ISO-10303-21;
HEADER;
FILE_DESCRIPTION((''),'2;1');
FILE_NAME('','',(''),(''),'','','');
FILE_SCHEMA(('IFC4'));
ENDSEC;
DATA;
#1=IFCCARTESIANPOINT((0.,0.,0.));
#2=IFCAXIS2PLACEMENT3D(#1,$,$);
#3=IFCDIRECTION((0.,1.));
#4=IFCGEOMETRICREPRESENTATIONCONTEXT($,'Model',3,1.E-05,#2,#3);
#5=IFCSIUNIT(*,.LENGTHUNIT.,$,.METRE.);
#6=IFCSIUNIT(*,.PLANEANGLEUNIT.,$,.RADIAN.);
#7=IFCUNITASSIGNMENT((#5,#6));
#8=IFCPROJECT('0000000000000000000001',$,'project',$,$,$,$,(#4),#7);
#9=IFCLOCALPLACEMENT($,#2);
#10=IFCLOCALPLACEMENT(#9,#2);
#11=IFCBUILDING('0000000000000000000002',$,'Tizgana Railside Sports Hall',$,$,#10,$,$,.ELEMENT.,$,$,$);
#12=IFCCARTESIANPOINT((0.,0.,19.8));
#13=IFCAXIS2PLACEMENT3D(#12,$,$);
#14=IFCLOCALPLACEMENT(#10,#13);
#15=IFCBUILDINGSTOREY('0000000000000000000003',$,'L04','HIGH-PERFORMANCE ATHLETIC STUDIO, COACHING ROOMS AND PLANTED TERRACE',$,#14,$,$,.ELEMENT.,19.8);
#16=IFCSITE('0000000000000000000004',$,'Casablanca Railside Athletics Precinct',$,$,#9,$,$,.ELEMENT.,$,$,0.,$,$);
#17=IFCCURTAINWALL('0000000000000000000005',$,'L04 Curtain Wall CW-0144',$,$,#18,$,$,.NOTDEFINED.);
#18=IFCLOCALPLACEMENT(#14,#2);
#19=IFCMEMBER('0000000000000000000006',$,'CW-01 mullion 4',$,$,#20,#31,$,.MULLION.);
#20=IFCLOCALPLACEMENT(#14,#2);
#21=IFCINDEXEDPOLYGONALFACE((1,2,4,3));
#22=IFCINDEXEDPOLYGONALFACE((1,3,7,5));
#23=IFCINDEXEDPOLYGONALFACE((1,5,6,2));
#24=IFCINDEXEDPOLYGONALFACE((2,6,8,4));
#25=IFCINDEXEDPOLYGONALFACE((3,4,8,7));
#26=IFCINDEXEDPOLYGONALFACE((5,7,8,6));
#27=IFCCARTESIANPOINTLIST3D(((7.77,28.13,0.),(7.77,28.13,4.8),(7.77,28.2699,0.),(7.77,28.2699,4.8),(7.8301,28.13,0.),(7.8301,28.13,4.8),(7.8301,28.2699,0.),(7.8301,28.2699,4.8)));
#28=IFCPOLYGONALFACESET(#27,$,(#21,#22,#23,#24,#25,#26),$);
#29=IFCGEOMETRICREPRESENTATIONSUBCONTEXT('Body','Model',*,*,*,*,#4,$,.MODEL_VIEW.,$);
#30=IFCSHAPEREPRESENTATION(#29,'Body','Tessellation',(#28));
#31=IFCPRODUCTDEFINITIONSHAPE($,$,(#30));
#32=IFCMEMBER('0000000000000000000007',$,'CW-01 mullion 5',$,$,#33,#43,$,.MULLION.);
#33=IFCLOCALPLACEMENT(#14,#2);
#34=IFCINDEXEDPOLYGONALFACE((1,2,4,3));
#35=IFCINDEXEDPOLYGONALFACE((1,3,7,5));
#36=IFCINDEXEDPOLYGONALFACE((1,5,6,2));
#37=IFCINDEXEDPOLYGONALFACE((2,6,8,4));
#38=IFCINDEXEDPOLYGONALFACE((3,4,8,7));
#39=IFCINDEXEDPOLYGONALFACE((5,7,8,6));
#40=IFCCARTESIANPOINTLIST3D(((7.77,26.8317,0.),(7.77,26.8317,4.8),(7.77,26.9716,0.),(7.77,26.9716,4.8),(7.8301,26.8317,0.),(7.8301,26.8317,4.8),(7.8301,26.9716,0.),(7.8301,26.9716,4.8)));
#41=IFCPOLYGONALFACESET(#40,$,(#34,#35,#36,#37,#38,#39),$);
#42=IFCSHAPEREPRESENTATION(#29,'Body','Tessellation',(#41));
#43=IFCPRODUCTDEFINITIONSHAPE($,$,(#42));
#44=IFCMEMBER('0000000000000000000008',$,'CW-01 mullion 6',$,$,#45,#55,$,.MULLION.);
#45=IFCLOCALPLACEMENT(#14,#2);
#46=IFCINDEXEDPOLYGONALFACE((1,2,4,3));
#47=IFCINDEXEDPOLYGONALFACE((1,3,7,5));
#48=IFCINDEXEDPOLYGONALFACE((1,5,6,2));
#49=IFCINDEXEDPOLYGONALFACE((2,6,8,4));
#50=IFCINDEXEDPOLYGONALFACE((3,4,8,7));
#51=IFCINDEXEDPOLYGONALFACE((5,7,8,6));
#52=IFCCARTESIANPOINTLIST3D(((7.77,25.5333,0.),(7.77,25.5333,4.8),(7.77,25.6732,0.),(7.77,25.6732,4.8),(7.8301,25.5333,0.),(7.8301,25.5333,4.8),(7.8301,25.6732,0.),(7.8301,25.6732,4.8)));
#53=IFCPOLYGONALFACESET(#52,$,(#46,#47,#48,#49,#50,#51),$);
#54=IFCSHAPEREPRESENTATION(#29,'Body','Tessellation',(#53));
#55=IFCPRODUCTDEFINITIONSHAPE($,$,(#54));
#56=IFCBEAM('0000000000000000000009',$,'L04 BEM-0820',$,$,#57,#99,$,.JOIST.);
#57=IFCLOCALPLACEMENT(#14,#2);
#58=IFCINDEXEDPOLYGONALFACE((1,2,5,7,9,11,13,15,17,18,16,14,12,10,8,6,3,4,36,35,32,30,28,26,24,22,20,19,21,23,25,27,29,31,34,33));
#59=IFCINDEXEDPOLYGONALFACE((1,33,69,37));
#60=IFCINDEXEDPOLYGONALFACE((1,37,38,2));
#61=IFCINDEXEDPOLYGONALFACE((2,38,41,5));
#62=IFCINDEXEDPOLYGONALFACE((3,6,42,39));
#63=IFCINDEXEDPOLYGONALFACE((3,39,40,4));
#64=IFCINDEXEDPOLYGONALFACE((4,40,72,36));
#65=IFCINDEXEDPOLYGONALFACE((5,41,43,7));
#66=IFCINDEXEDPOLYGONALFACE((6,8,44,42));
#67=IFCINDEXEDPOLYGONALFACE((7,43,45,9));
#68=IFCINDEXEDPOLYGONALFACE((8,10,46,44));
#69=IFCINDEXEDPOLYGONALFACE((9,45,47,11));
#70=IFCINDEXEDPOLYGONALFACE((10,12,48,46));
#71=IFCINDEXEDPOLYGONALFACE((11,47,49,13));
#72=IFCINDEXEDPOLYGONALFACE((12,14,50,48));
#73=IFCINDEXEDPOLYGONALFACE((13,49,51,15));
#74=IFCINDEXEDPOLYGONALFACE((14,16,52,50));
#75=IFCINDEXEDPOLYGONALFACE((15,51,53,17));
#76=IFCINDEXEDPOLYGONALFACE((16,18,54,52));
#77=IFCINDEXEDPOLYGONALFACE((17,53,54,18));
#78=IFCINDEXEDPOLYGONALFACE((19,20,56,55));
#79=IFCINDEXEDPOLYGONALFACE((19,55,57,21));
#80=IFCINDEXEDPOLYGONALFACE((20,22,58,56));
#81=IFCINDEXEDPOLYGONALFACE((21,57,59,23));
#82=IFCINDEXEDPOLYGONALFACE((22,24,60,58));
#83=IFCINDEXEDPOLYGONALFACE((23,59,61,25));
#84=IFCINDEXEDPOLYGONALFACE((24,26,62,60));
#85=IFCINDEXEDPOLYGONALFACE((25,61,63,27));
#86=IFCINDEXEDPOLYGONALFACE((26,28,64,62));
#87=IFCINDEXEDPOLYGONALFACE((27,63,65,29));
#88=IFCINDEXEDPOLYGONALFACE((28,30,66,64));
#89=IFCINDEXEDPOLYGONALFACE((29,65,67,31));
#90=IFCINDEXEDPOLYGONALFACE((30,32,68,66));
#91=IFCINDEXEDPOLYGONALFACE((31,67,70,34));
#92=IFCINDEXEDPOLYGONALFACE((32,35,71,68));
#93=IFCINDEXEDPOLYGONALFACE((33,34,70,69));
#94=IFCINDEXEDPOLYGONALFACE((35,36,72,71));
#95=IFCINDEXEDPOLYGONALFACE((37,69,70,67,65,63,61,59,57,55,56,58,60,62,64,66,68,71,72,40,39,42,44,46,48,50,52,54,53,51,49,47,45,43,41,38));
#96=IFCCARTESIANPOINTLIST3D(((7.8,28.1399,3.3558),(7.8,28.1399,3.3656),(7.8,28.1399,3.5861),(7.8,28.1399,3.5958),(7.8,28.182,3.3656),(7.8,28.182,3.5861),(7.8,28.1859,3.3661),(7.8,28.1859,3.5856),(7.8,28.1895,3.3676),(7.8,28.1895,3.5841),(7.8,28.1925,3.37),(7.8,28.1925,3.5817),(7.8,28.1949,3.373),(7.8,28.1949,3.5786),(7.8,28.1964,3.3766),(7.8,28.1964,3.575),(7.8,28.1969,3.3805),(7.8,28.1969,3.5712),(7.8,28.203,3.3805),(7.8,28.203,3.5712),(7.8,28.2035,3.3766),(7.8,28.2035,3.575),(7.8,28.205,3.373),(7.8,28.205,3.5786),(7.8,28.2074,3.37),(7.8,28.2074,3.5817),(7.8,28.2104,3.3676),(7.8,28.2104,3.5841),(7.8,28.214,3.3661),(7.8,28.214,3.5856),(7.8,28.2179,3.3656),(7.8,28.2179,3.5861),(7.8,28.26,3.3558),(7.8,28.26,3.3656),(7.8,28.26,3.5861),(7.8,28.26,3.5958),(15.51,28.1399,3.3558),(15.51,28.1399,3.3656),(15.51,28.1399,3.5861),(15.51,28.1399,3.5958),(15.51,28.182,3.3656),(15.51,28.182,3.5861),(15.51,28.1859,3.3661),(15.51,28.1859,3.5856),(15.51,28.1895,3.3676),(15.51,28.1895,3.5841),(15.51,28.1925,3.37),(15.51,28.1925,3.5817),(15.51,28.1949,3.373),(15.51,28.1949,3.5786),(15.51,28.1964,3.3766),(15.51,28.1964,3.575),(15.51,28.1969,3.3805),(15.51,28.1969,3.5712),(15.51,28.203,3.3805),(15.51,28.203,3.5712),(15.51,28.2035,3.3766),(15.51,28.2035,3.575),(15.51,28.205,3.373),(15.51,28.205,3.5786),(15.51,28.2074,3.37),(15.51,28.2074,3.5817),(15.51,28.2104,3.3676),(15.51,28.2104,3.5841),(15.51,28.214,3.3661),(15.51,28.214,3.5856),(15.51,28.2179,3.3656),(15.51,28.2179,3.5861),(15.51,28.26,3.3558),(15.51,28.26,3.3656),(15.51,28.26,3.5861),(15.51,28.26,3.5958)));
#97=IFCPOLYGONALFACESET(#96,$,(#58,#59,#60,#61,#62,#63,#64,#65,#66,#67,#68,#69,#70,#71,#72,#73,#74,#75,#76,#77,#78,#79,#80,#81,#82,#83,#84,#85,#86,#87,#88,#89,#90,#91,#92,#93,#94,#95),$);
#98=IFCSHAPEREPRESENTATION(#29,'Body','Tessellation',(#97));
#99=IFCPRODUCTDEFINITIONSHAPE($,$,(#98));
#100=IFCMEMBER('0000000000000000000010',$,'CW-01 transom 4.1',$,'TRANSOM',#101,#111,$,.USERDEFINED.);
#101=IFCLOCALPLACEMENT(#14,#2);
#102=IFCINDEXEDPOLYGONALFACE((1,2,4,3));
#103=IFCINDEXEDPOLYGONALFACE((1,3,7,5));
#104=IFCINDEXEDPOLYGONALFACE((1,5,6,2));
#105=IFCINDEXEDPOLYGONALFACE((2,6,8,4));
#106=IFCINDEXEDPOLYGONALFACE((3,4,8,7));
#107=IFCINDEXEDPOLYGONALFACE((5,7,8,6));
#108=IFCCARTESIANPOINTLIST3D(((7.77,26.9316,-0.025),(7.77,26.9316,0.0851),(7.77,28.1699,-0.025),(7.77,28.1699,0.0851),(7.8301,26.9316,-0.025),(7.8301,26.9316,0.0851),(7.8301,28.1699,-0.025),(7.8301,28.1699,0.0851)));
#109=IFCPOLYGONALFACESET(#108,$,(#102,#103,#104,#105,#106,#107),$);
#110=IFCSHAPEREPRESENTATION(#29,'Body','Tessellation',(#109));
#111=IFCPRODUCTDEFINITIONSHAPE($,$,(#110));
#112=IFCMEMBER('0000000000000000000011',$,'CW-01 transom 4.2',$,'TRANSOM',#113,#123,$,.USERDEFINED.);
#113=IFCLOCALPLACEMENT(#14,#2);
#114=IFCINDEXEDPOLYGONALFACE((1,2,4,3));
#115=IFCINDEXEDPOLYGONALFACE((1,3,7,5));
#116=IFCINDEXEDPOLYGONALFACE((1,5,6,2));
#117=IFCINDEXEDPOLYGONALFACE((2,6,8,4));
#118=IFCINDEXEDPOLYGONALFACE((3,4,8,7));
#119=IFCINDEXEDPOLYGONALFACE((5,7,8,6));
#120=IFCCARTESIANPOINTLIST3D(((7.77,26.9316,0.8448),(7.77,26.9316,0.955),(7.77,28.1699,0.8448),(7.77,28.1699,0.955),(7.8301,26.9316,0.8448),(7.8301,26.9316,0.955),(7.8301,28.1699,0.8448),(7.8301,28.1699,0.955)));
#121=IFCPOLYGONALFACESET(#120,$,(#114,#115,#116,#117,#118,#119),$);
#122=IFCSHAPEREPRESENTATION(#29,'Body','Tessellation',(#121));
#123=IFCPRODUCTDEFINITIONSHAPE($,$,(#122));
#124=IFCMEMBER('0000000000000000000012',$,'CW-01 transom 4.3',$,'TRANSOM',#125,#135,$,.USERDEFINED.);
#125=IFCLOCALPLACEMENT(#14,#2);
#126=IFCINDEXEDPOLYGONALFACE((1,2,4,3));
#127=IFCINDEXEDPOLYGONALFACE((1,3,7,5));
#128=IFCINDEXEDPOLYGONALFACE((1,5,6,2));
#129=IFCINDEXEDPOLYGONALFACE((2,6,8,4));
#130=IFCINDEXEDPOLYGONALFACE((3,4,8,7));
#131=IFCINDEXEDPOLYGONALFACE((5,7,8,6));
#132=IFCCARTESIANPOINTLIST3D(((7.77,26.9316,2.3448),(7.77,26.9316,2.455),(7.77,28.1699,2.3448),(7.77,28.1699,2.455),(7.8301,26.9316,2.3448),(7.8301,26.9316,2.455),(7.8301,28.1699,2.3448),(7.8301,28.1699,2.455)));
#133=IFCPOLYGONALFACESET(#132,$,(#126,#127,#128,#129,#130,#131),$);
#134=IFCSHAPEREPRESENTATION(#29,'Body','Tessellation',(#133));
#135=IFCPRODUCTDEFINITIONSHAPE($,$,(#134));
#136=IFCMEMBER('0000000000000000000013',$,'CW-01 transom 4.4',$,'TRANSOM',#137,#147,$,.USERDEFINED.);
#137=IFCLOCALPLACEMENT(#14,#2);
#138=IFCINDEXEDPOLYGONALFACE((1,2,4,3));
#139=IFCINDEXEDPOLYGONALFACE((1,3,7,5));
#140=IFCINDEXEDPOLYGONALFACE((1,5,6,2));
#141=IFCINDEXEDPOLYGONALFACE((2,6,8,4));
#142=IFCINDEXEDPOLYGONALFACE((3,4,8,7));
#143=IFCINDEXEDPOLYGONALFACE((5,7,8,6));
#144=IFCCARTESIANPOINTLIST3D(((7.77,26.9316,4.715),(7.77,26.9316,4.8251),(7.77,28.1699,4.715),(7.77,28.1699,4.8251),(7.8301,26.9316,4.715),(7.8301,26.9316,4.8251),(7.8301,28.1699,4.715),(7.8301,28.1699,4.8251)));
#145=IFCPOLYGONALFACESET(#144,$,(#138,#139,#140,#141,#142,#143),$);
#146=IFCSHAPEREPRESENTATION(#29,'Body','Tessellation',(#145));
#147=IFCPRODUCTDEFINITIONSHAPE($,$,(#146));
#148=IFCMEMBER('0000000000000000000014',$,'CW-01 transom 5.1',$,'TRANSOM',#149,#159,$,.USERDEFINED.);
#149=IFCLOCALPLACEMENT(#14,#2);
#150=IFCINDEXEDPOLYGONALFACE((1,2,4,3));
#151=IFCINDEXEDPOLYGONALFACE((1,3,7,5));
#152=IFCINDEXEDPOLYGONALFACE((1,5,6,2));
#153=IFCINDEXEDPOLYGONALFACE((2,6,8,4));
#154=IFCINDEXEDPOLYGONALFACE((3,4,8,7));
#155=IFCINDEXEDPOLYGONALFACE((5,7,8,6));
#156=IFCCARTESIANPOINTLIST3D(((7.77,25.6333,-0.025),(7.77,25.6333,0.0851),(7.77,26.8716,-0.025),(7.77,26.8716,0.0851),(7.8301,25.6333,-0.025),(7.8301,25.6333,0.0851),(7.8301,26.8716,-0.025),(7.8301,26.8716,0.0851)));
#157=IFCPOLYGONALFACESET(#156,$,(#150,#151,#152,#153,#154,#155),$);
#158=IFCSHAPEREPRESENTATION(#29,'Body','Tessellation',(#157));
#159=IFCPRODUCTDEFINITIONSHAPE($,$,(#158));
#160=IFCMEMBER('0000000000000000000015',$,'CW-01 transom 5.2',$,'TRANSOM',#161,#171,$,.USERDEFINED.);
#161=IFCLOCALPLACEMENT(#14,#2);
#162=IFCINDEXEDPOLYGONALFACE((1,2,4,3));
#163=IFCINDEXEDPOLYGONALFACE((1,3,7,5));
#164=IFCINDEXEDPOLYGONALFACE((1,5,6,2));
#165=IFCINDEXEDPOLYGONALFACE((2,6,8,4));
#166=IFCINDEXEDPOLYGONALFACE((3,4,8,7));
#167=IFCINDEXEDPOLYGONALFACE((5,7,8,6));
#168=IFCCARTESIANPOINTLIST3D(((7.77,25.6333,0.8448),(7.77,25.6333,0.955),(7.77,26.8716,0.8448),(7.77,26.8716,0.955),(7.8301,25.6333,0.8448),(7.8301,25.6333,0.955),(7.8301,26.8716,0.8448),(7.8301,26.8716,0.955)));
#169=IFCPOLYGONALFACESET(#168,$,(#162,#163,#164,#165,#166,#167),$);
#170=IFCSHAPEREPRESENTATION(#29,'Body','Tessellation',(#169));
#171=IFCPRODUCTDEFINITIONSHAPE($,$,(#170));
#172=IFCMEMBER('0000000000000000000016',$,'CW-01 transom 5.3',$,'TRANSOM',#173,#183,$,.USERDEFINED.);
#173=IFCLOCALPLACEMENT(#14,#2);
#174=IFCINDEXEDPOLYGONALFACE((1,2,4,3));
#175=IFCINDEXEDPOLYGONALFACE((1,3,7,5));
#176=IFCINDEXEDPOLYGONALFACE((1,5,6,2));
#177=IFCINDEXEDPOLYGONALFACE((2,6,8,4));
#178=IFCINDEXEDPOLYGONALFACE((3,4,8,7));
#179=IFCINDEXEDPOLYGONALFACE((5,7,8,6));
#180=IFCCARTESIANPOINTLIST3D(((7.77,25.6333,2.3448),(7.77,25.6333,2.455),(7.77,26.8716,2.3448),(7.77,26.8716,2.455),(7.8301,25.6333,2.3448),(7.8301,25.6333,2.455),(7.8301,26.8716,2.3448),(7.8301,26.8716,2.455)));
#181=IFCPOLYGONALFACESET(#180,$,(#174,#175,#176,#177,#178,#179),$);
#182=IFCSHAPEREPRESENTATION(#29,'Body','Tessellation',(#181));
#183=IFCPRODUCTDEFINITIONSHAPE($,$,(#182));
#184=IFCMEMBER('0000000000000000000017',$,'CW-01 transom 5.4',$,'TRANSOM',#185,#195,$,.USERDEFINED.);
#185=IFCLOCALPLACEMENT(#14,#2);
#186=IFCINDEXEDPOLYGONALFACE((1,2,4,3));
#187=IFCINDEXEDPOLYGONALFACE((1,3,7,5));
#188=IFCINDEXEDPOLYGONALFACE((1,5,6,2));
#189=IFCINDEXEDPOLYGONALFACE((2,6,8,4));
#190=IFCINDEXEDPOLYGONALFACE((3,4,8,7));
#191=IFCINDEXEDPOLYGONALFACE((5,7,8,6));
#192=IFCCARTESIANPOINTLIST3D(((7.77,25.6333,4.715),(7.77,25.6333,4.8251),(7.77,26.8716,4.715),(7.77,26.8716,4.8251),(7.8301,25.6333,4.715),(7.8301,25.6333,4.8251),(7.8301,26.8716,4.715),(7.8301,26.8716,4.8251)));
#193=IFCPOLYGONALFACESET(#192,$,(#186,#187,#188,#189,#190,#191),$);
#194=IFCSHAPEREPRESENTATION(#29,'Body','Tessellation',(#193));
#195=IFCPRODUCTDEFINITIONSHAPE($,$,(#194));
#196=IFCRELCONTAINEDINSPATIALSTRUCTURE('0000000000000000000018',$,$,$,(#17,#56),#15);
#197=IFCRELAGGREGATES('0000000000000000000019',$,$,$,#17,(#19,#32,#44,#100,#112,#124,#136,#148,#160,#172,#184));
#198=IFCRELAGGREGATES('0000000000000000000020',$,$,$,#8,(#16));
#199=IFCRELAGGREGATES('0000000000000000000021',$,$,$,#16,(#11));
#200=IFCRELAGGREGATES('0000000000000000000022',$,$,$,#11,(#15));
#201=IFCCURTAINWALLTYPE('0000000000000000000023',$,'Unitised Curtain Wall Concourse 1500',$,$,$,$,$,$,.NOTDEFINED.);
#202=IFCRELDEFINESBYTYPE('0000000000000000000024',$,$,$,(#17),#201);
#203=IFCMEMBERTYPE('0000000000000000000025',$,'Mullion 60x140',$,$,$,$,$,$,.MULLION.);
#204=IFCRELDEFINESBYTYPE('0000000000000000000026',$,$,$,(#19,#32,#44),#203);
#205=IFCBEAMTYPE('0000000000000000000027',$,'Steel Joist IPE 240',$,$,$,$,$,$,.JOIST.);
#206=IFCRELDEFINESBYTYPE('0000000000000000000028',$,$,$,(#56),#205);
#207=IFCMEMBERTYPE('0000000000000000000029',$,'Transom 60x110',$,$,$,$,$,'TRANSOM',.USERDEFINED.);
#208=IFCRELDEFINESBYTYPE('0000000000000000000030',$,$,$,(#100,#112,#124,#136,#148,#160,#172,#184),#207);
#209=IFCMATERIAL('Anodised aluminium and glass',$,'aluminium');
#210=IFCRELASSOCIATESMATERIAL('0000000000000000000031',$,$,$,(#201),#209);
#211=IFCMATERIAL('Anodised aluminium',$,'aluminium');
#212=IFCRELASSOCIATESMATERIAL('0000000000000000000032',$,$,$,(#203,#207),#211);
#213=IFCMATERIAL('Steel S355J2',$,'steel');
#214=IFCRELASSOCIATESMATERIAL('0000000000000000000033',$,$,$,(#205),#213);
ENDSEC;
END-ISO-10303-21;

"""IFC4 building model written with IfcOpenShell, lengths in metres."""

from ifc_helpers import new_model, si_unit, direction, frame, origin, origin_2d, place, context, subcontext, project, spatial, rectangle, i_section, extrude, material, material_profile, profile_set, type_object, element, aggregate, save


model = new_model("IFC4")

# Units and contexts
model_context = context("Model", 3, precision=1e-05, world=origin(), true_north=direction((0.0, 1.0)))
body_context = subcontext(model_context, "Body", "Model", "MODEL_VIEW")
ifc_project = project(units=[si_unit("LENGTHUNIT", "METRE"), si_unit("PLANEANGLEUNIT", "RADIAN")], contexts=[model_context])

# Site, building, storey
site_placement = place(None, origin())
site = spatial("IfcSite", under=ifc_project, at=site_placement, Name="Casablanca Railside Athletics Precinct", CompositionType="ELEMENT", RefElevation=0.0)
building_placement = place(site_placement, origin())
building = spatial("IfcBuilding", under=site, at=building_placement, Name="Tizgana Railside Sports Hall", CompositionType="ELEMENT")
storey_placement = place(building_placement, frame((0.0, 0.0, 19.8)))
storey = spatial("IfcBuildingStorey", under=building, at=storey_placement, Name="L04", Description="HIGH-PERFORMANCE ATHLETIC STUDIO, COACHING ROOMS AND PLANTED TERRACE", CompositionType="ELEMENT", Elevation=19.8)

# Curtain wall, members
ifc_material_1 = material(Name="Anodised aluminium and glass", Category="aluminium")
curtain_wall_type = type_object("IfcCurtainWallType", Name="Unitised Curtain Wall Concourse 1500", PredefinedType="NOTDEFINED", material=ifc_material_1)
curtain_wall_placement = place(storey_placement, origin())
curtain_wall = element("IfcCurtainWall", 1, at=curtain_wall_placement, inside=storey, type_object=curtain_wall_type, Name="L04 Curtain Wall CW-0144", PredefinedType="NOTDEFINED")
ifc_material_2 = material(Name="Anodised aluminium", Category="aluminium")
ifc_material_profile_1 = material_profile(ifc_material_2, rectangle(XDim=0.0601, YDim=0.1399, at=origin_2d()), Name="Mullion 60x140")
ifc_profile_set_1 = profile_set([ifc_material_profile_1], Name="Anodised aluminium")
member_type_1 = type_object("IfcMemberType", Name="Mullion 60x140", PredefinedType="MULLION", material=ifc_profile_set_1)
member_1_placement = place(storey_placement, frame((7.8, 28.2, 0.0), z_axis=(0.0, 0.0, 1.0), x_axis=(1.0, 0.0, 0.0)))
member_1 = element("IfcMember", 2, at=member_1_placement, type_object=member_type_1, Name="CW-01 mullion 4", PredefinedType="MULLION", context=body_context, shape_type="SweptSolid", body=[
    extrude(rectangle(XDim=0.0601, YDim=0.1399, at=origin_2d()), origin(), (0.0, 0.0, 1.0), 4.8),
])
member_2_placement = place(storey_placement, frame((7.8, 26.9016, 0.0), z_axis=(0.0, 0.0, 1.0), x_axis=(1.0, 0.0, 0.0)))
member_2 = element("IfcMember", 3, at=member_2_placement, type_object=member_type_1, Name="CW-01 mullion 5", PredefinedType="MULLION", context=body_context, shape_type="SweptSolid", body=[
    extrude(rectangle(XDim=0.0601, YDim=0.1399, at=origin_2d()), origin(), (0.0, 0.0, 1.0), 4.8),
])
member_3_placement = place(storey_placement, frame((7.8, 25.6033, 0.0), z_axis=(0.0, 0.0, 1.0), x_axis=(1.0, 0.0, 0.0)))
member_3 = element("IfcMember", 4, at=member_3_placement, type_object=member_type_1, Name="CW-01 mullion 6", PredefinedType="MULLION", context=body_context, shape_type="SweptSolid", body=[
    extrude(rectangle(XDim=0.0601, YDim=0.1399, at=origin_2d()), origin(), (0.0, 0.0, 1.0), 4.8),
])

# Beam
ifc_material_3 = material(Name="Steel S355J2", Category="steel")
ifc_material_profile_2 = material_profile(ifc_material_3, i_section(OverallWidth=0.1201, OverallDepth=0.24, WebThickness=0.0061, FlangeThickness=0.0098, FilletRadius=0.0149, at=origin_2d()), Name="IPE 240")
ifc_profile_set_2 = profile_set([ifc_material_profile_2], Name="Steel S355J2")
beam_type = type_object("IfcBeamType", Name="Steel Joist IPE 240", PredefinedType="JOIST", material=ifc_profile_set_2)
beam_placement = place(storey_placement, frame((7.8, 28.2, 3.4758), z_axis=(1.0, 0.0, 0.0), x_axis=(0.0, 1.0, 0.0)))
element("IfcBeam", 5, at=beam_placement, inside=storey, type_object=beam_type, Name="L04 BEM-0820", PredefinedType="JOIST", context=body_context, shape_type="SweptSolid", body=[
    extrude(i_section(OverallWidth=0.1201, OverallDepth=0.24, WebThickness=0.0061, FlangeThickness=0.0098, FilletRadius=0.0149, at=origin_2d()), origin(), (0.0, 0.0, 1.0), 7.71),
])

# Members
ifc_material_profile_3 = material_profile(ifc_material_2, rectangle(XDim=0.0601, YDim=0.1101, at=origin_2d()), Name="Transom 60x110")
ifc_profile_set_3 = profile_set([ifc_material_profile_3], Name="Anodised aluminium")
member_type_2 = type_object("IfcMemberType", Name="Transom 60x110", ElementType="TRANSOM", PredefinedType="USERDEFINED", material=ifc_profile_set_3)
member_4_placement = place(storey_placement, frame((7.8, 28.1699, 0.03), z_axis=(0.0, -1.0, 0.0), x_axis=(1.0, 0.0, 0.0)))
member_4 = element("IfcMember", 6, at=member_4_placement, type_object=member_type_2, Name="CW-01 transom 4.1", ObjectType="TRANSOM", PredefinedType="USERDEFINED", context=body_context, shape_type="SweptSolid", body=[
    extrude(rectangle(XDim=0.0601, YDim=0.1101, at=origin_2d()), origin(), (0.0, 0.0, 1.0), 1.2383),
])
member_5_placement = place(storey_placement, frame((7.8, 28.1699, 0.8999), z_axis=(0.0, -1.0, 0.0), x_axis=(1.0, 0.0, 0.0)))
member_5 = element("IfcMember", 7, at=member_5_placement, type_object=member_type_2, Name="CW-01 transom 4.2", ObjectType="TRANSOM", PredefinedType="USERDEFINED", context=body_context, shape_type="SweptSolid", body=[
    extrude(rectangle(XDim=0.0601, YDim=0.1101, at=origin_2d()), origin(), (0.0, 0.0, 1.0), 1.2383),
])
member_6_placement = place(storey_placement, frame((7.8, 28.1699, 2.3999), z_axis=(0.0, -1.0, 0.0), x_axis=(1.0, 0.0, 0.0)))
member_6 = element("IfcMember", 8, at=member_6_placement, type_object=member_type_2, Name="CW-01 transom 4.3", ObjectType="TRANSOM", PredefinedType="USERDEFINED", context=body_context, shape_type="SweptSolid", body=[
    extrude(rectangle(XDim=0.0601, YDim=0.1101, at=origin_2d()), origin(), (0.0, 0.0, 1.0), 1.2383),
])
member_7_placement = place(storey_placement, frame((7.8, 28.1699, 4.77), z_axis=(0.0, -1.0, 0.0), x_axis=(1.0, 0.0, 0.0)))
member_7 = element("IfcMember", 9, at=member_7_placement, type_object=member_type_2, Name="CW-01 transom 4.4", ObjectType="TRANSOM", PredefinedType="USERDEFINED", context=body_context, shape_type="SweptSolid", body=[
    extrude(rectangle(XDim=0.0601, YDim=0.1101, at=origin_2d()), origin(), (0.0, 0.0, 1.0), 1.2383),
])
member_8_placement = place(storey_placement, frame((7.8, 26.8716, 0.03), z_axis=(0.0, -1.0, 0.0), x_axis=(1.0, 0.0, 0.0)))
member_8 = element("IfcMember", 10, at=member_8_placement, type_object=member_type_2, Name="CW-01 transom 5.1", ObjectType="TRANSOM", PredefinedType="USERDEFINED", context=body_context, shape_type="SweptSolid", body=[
    extrude(rectangle(XDim=0.0601, YDim=0.1101, at=origin_2d()), origin(), (0.0, 0.0, 1.0), 1.2383),
])
member_9_placement = place(storey_placement, frame((7.8, 26.8716, 0.8999), z_axis=(0.0, -1.0, 0.0), x_axis=(1.0, 0.0, 0.0)))
member_9 = element("IfcMember", 11, at=member_9_placement, type_object=member_type_2, Name="CW-01 transom 5.2", ObjectType="TRANSOM", PredefinedType="USERDEFINED", context=body_context, shape_type="SweptSolid", body=[
    extrude(rectangle(XDim=0.0601, YDim=0.1101, at=origin_2d()), origin(), (0.0, 0.0, 1.0), 1.2383),
])
member_10_placement = place(storey_placement, frame((7.8, 26.8716, 2.3999), z_axis=(0.0, -1.0, 0.0), x_axis=(1.0, 0.0, 0.0)))
member_10 = element("IfcMember", 12, at=member_10_placement, type_object=member_type_2, Name="CW-01 transom 5.3", ObjectType="TRANSOM", PredefinedType="USERDEFINED", context=body_context, shape_type="SweptSolid", body=[
    extrude(rectangle(XDim=0.0601, YDim=0.1101, at=origin_2d()), origin(), (0.0, 0.0, 1.0), 1.2383),
])
member_11_placement = place(storey_placement, frame((7.8, 26.8716, 4.77), z_axis=(0.0, -1.0, 0.0), x_axis=(1.0, 0.0, 0.0)))
member_11 = element("IfcMember", 13, at=member_11_placement, type_object=member_type_2, Name="CW-01 transom 5.4", ObjectType="TRANSOM", PredefinedType="USERDEFINED", context=body_context, shape_type="SweptSolid", body=[
    extrude(rectangle(XDim=0.0601, YDim=0.1101, at=origin_2d()), origin(), (0.0, 0.0, 1.0), 1.2383),
])

aggregate(curtain_wall, [member_1, member_2, member_3, member_4, member_5, member_6, member_7, member_8, member_9, member_10, member_11])

save(model, "model.ifc")
